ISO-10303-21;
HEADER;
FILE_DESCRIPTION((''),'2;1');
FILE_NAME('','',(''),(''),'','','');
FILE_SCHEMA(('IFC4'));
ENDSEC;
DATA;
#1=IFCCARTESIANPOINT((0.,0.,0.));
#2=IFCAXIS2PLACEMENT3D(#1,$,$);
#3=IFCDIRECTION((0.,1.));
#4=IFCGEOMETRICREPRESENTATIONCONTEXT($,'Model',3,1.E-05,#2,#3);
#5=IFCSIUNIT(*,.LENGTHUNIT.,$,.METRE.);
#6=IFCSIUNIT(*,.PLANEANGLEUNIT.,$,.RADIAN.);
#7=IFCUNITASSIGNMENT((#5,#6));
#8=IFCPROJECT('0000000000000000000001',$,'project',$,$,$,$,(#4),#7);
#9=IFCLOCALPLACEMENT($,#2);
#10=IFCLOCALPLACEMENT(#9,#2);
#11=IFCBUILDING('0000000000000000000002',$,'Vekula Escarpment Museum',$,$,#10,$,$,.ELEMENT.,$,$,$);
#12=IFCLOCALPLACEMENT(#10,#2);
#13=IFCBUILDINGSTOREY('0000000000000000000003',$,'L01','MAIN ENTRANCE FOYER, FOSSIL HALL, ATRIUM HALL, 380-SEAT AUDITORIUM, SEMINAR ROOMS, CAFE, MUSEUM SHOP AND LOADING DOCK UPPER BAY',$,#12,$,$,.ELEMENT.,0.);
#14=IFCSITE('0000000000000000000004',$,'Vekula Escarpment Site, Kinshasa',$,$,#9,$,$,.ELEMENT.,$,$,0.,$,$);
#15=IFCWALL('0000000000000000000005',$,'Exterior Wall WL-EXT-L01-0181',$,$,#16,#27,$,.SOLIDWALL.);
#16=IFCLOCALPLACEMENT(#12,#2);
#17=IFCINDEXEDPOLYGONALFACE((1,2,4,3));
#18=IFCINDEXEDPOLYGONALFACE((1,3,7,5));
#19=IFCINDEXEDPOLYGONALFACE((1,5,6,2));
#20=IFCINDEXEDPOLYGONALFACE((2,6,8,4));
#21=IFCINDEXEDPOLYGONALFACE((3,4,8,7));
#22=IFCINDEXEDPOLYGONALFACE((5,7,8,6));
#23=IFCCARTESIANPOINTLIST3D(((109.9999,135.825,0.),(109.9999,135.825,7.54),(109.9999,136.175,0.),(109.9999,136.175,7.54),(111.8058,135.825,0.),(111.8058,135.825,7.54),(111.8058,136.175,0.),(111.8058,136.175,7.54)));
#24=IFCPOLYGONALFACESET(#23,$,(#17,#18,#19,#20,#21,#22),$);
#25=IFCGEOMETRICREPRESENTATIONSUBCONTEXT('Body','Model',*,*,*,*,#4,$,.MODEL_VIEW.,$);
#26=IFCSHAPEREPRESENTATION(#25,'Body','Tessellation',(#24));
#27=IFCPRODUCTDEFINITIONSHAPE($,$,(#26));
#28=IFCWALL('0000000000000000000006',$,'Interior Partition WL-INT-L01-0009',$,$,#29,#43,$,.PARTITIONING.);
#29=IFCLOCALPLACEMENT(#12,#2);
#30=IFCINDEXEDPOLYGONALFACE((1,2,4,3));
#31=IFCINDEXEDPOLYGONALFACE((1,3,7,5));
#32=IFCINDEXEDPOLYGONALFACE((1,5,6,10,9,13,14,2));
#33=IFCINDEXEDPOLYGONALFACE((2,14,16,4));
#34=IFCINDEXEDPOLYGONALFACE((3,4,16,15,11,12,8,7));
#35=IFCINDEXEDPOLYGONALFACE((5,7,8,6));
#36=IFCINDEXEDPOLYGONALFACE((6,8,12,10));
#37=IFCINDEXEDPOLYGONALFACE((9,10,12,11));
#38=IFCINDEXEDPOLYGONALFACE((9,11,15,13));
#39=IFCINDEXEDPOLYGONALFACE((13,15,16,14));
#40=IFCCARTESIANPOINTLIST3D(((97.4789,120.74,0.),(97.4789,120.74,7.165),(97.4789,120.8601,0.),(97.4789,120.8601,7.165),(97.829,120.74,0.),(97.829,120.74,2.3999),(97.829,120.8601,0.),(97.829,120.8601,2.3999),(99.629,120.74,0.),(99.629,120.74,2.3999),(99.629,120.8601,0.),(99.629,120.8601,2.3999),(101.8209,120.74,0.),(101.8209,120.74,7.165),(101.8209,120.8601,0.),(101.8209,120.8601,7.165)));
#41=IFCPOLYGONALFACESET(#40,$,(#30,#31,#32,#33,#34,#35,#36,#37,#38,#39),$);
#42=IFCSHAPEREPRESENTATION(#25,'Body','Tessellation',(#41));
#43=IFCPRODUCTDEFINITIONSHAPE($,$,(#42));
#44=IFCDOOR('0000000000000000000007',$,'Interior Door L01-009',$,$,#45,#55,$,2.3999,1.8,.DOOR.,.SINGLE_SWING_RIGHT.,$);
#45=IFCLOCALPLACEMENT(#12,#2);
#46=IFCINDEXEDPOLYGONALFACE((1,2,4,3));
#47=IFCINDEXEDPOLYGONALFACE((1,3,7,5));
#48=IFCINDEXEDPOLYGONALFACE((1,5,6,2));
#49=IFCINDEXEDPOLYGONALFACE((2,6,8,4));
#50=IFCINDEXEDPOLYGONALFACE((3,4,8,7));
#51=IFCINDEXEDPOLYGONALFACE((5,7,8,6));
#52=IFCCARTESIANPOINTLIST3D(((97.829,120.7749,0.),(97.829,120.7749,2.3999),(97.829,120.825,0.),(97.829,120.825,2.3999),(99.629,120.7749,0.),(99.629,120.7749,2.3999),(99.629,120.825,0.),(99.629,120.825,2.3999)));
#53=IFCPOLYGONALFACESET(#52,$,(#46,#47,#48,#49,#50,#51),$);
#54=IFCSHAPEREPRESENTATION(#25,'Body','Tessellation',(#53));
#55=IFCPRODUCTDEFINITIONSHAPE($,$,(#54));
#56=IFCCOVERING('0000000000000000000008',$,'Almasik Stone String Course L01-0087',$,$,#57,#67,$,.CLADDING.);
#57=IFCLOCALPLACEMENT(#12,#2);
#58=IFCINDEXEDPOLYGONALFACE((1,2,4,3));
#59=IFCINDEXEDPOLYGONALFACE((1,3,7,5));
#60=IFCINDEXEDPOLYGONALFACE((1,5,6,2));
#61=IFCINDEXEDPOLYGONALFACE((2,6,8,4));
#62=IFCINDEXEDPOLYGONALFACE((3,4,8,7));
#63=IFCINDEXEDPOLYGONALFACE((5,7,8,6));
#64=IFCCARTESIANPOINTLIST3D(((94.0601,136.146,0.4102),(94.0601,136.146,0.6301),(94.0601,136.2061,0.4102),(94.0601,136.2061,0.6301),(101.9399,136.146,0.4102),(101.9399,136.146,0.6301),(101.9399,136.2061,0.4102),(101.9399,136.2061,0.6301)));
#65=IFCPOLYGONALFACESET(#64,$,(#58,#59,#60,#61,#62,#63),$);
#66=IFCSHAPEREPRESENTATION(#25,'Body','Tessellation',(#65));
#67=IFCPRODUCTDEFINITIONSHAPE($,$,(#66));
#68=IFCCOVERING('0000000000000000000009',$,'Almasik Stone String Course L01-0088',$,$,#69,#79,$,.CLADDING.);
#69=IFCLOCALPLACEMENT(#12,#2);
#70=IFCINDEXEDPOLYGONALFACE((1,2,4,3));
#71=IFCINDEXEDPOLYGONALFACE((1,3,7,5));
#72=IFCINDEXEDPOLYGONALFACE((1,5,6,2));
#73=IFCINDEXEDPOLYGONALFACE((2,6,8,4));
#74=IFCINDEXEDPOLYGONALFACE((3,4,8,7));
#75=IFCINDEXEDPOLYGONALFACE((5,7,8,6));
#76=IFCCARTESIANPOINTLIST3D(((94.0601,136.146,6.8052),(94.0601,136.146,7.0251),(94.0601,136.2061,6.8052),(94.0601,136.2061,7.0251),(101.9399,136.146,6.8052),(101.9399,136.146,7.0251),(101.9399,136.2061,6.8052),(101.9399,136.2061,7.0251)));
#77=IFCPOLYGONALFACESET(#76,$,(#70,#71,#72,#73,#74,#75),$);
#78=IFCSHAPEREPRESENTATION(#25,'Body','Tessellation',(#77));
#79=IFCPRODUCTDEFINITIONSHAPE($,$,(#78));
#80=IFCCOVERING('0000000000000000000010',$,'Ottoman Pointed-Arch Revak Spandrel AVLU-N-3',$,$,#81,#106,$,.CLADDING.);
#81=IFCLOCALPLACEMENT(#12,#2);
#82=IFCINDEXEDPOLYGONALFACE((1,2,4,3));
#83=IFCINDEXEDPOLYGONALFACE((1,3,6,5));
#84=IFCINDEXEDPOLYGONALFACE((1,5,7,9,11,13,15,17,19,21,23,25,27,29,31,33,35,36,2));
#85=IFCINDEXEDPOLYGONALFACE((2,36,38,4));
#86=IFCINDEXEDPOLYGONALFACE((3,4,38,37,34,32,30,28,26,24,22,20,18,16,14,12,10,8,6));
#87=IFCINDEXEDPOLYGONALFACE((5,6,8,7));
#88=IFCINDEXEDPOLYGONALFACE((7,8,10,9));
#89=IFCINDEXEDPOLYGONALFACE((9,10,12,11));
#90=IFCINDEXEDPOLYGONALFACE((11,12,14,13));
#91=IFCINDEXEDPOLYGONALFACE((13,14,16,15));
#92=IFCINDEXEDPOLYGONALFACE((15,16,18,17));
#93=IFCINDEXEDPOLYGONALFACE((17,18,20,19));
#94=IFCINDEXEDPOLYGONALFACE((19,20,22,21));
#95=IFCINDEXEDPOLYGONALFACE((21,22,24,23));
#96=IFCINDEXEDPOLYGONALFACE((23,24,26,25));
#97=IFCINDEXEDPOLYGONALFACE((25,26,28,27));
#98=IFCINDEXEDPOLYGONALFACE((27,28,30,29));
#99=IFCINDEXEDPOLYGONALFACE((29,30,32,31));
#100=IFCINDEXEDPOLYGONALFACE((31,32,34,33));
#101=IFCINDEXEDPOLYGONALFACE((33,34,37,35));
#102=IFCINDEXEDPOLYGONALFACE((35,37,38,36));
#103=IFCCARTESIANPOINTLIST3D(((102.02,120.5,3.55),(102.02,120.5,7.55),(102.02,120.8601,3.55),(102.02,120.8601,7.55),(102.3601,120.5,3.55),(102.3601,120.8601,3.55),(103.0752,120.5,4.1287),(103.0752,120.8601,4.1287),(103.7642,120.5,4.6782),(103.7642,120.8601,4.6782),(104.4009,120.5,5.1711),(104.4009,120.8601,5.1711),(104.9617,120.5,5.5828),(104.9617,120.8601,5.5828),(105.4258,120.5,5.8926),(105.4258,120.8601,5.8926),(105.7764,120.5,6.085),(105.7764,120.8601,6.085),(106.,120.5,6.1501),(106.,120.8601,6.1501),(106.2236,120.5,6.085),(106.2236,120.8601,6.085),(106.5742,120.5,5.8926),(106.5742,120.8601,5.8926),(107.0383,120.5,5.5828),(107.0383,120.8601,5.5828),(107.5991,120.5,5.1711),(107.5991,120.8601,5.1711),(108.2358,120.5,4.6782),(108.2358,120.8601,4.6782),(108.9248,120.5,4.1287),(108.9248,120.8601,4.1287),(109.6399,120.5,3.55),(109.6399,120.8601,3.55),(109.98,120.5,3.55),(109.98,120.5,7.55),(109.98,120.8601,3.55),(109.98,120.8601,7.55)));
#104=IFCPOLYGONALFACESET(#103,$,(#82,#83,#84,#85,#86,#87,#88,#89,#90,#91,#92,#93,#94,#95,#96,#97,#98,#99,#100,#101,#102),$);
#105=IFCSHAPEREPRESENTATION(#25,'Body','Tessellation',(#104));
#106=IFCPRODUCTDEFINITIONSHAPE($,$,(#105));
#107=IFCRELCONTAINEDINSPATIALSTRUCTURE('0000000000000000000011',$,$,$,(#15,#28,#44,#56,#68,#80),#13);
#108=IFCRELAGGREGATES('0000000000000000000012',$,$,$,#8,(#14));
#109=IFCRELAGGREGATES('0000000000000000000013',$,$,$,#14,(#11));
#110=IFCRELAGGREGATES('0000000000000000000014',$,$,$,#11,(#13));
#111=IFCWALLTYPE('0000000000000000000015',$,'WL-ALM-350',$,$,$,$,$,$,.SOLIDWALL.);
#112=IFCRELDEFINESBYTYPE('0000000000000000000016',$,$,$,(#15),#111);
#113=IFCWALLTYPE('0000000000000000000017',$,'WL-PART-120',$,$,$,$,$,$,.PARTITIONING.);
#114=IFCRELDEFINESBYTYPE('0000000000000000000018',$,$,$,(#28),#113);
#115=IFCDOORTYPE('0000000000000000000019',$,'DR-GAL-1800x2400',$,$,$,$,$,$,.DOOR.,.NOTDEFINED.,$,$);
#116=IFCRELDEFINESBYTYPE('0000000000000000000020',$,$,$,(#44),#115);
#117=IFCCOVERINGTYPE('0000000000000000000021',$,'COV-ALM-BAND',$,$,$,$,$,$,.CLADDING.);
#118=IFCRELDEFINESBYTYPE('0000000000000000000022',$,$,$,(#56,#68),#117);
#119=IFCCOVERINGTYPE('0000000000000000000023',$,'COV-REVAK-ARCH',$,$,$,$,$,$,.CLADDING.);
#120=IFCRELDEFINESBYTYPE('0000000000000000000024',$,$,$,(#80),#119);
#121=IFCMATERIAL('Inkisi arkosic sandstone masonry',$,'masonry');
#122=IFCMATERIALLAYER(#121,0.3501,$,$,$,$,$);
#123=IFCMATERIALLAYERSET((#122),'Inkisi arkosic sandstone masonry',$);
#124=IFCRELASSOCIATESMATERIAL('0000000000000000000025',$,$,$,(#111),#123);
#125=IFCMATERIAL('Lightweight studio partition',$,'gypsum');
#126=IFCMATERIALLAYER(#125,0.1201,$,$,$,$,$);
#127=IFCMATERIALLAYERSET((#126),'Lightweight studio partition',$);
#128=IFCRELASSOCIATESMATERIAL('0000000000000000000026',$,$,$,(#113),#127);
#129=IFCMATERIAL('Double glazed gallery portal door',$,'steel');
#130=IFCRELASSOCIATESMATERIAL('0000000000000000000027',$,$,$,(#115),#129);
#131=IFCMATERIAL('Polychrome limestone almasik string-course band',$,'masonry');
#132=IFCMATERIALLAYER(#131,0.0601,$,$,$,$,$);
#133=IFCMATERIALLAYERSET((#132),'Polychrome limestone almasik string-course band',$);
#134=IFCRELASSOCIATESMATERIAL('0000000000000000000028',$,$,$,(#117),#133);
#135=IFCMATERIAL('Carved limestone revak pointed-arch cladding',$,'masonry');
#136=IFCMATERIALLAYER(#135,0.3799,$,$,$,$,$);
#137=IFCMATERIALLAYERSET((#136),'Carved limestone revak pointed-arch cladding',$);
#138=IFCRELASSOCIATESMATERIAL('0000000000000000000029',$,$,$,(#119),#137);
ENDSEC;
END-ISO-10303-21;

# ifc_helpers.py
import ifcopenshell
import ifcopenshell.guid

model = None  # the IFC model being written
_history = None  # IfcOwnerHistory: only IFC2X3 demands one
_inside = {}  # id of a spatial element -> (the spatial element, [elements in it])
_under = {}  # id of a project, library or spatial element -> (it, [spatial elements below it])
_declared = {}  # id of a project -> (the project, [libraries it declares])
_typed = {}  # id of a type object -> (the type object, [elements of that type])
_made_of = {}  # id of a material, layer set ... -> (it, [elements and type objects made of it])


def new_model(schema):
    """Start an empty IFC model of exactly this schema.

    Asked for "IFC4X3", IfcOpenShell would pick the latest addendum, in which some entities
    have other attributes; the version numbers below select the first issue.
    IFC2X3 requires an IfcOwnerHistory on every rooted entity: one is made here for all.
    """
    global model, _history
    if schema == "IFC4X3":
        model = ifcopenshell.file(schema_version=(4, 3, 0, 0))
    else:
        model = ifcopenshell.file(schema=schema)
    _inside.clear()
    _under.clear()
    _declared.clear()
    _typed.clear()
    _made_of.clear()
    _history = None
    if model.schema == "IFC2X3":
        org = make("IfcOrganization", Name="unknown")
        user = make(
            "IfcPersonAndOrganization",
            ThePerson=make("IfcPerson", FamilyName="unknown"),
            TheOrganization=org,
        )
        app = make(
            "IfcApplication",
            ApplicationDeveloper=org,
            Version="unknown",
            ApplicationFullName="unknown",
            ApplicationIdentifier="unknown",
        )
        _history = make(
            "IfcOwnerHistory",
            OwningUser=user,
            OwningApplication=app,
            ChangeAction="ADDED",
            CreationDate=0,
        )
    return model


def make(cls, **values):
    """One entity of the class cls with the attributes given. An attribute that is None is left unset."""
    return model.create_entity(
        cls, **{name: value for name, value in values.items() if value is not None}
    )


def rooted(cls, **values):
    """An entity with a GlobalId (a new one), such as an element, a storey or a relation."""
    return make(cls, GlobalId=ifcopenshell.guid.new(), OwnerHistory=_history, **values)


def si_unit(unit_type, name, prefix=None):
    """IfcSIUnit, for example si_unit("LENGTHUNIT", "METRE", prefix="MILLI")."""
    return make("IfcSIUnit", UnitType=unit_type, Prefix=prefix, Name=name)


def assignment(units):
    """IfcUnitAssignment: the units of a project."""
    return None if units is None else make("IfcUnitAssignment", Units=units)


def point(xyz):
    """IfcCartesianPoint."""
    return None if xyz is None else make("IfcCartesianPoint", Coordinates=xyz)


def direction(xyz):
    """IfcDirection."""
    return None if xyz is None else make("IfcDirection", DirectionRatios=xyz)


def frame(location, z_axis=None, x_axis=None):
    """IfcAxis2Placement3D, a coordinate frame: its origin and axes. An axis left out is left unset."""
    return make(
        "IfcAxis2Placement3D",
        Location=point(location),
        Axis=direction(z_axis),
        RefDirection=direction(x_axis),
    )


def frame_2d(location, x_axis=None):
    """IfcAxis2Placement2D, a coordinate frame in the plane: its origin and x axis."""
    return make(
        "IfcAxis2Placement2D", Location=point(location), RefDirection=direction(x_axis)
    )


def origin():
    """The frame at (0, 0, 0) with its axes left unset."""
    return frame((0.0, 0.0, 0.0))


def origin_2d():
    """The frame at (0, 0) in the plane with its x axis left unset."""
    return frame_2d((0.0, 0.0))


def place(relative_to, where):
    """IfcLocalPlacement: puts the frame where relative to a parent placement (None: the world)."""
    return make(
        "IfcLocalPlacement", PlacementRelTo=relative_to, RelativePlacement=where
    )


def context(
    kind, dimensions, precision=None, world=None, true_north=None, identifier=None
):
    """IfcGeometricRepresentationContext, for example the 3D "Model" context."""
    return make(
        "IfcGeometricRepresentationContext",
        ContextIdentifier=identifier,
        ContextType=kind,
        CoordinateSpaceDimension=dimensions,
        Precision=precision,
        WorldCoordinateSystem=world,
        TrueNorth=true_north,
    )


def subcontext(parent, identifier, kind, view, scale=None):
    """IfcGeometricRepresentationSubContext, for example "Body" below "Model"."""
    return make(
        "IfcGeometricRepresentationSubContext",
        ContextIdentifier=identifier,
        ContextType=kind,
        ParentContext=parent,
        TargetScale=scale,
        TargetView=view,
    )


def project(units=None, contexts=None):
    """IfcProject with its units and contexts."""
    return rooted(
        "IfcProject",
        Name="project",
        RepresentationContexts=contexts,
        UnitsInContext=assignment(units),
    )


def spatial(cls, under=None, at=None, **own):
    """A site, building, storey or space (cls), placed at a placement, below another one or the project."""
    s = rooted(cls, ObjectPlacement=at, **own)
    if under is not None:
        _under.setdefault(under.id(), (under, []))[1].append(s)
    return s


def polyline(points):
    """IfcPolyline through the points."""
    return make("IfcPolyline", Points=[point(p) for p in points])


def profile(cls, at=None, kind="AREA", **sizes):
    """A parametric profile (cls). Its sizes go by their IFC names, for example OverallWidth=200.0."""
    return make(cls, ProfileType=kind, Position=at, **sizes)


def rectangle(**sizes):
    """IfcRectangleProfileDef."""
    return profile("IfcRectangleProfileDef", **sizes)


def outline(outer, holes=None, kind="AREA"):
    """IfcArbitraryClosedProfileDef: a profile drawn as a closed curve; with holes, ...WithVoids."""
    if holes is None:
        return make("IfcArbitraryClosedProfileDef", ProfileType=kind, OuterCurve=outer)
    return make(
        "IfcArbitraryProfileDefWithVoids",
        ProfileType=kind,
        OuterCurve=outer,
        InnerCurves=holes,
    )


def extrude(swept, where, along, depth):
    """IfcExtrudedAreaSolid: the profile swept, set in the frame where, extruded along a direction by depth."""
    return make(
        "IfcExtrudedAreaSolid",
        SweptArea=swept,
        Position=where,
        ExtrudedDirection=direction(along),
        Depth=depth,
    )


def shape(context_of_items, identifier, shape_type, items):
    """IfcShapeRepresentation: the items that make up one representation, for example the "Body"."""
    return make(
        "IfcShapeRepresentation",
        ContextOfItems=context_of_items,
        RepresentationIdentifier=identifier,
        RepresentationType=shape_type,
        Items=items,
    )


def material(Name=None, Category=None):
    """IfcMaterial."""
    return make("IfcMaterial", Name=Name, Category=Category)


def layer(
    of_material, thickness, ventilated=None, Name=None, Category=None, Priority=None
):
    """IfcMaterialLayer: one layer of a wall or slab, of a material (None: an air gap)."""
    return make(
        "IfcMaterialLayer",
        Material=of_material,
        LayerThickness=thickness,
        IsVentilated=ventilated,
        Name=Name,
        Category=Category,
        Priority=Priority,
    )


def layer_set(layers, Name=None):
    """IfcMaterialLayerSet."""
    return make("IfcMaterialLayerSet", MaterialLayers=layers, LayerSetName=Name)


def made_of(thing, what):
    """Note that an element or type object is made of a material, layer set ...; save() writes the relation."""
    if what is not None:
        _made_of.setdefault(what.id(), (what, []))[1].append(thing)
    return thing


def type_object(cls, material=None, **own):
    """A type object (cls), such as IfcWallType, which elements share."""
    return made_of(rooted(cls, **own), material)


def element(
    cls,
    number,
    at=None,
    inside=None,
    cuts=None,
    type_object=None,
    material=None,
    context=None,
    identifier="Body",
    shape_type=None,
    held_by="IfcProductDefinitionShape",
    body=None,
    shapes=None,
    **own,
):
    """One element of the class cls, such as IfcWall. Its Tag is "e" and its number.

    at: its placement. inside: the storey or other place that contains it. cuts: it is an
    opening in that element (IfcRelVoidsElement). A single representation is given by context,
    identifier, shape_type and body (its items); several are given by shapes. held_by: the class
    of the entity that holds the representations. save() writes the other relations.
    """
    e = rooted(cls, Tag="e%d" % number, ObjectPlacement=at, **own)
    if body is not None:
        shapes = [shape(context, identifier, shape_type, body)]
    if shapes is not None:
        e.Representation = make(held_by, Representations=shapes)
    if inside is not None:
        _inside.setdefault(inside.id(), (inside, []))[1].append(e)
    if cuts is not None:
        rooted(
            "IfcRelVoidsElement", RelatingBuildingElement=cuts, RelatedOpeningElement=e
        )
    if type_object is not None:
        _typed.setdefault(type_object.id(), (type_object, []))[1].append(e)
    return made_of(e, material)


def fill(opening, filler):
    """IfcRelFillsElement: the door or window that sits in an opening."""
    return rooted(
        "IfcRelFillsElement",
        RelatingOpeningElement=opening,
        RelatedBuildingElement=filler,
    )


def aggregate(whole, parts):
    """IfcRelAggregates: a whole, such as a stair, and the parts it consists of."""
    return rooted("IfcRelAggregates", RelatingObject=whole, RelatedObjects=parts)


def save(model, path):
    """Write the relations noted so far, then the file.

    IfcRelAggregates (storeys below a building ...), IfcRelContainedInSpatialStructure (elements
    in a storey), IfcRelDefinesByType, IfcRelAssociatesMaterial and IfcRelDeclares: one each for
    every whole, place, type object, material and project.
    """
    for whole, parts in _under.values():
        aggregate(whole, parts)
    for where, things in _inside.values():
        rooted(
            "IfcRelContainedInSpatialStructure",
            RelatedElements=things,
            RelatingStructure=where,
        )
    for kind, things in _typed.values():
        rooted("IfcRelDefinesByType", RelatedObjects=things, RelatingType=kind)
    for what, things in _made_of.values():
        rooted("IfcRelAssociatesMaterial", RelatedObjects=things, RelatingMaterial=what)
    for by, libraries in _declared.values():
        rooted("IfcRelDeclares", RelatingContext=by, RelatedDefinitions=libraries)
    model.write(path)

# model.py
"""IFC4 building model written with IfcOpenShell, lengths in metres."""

from ifc_helpers import new_model, si_unit, direction, frame, frame_2d, origin, origin_2d, place, context, subcontext, project, spatial, polyline, rectangle, outline, extrude, material, layer, layer_set, type_object, element, fill, save


model = new_model("IFC4")

# Units and contexts
model_context = context("Model", 3, precision=1e-05, world=origin(), true_north=direction((0.0, 1.0)))
body_context = subcontext(model_context, "Body", "Model", "MODEL_VIEW")
ifc_project = project(units=[si_unit("LENGTHUNIT", "METRE"), si_unit("PLANEANGLEUNIT", "RADIAN")], contexts=[model_context])

# Site, building, storey
site_placement = place(None, origin())
site = spatial("IfcSite", under=ifc_project, at=site_placement, Name="Vekula Escarpment Site, Kinshasa", CompositionType="ELEMENT", RefElevation=0.0)
building_placement = place(site_placement, origin())
building = spatial("IfcBuilding", under=site, at=building_placement, Name="Vekula Escarpment Museum", CompositionType="ELEMENT")
storey_placement = place(building_placement, origin())
storey = spatial("IfcBuildingStorey", under=building, at=storey_placement, Name="L01", Description="MAIN ENTRANCE FOYER, FOSSIL HALL, ATRIUM HALL, 380-SEAT AUDITORIUM, SEMINAR ROOMS, CAFE, MUSEUM SHOP AND LOADING DOCK UPPER BAY", CompositionType="ELEMENT", Elevation=0.0)

# Wall
ifc_material_1 = material(Name="Inkisi arkosic sandstone masonry", Category="masonry")
ifc_layer_1 = layer(ifc_material_1, 0.3501)
ifc_layer_set_1 = layer_set([ifc_layer_1], Name="Inkisi arkosic sandstone masonry")
wall_type_1 = type_object("IfcWallType", Name="WL-ALM-350", PredefinedType="SOLIDWALL", material=ifc_layer_set_1)
wall_1_placement = place(storey_placement, frame((110.0, 136.0, 0.0), z_axis=(0.0, 0.0, 1.0), x_axis=(1.0, 0.0, 0.0)))
element("IfcWall", 1, at=wall_1_placement, inside=storey, type_object=wall_type_1, Name="Exterior Wall WL-EXT-L01-0181", PredefinedType="SOLIDWALL", context=body_context, shape_type="SweptSolid", body=[
    extrude(rectangle(XDim=1.8059, YDim=0.3501, at=frame_2d((0.9028, 0.0))), origin(), (0.0, 0.0, 1.0), 7.54),
])

# Wall, opening, door
ifc_material_2 = material(Name="Lightweight studio partition", Category="gypsum")
ifc_layer_2 = layer(ifc_material_2, 0.1201)
ifc_layer_set_2 = layer_set([ifc_layer_2], Name="Lightweight studio partition")
wall_type_2 = type_object("IfcWallType", Name="WL-PART-120", PredefinedType="PARTITIONING", material=ifc_layer_set_2)
wall_2_placement = place(storey_placement, frame((97.479, 120.8, 0.0), z_axis=(0.0, 0.0, 1.0), x_axis=(1.0, 0.0, 0.0)))
wall_2 = element("IfcWall", 2, at=wall_2_placement, inside=storey, type_object=wall_type_2, Name="Interior Partition WL-INT-L01-0009", PredefinedType="PARTITIONING", context=body_context, shape_type="SweptSolid", body=[
    extrude(rectangle(XDim=4.342, YDim=0.1201, at=frame_2d((2.1709, 0.0))), origin(), (0.0, 0.0, 1.0), 7.165),
])
opening_1_placement = place(wall_2_placement, frame((0.3501, 0.0, 0.0)))
opening_1 = element("IfcOpeningElement", 3, at=opening_1_placement, cuts=wall_2, PredefinedType="OPENING", context=body_context, shape_type="SweptSolid", body=[
    extrude(rectangle(XDim=1.8, YDim=2.3999, at=frame_2d((0.8999, 1.2))), frame((0.0, 0.0701, 0.0), z_axis=(0.0, -1.0, 0.0), x_axis=(1.0, 0.0, 0.0)), (0.0, 0.0, 1.0), 0.1401),
])
ifc_material_3 = material(Name="Double glazed gallery portal door", Category="steel")
door_type_1 = type_object("IfcDoorType", Name="DR-GAL-1800x2400", OperationType="NOTDEFINED", PredefinedType="DOOR", material=ifc_material_3)
door_1_placement = place(opening_1_placement, origin())
door_1 = element("IfcDoor", 4, at=door_1_placement, inside=storey, type_object=door_type_1, Name="Interior Door L01-009", OperationType="SINGLE_SWING_RIGHT", OverallHeight=2.3999, OverallWidth=1.8, PredefinedType="DOOR", context=body_context, shape_type="SweptSolid", body=[
    extrude(rectangle(XDim=1.8, YDim=2.3999, at=frame_2d((0.8999, 1.2))), frame((0.0, 0.0249, 0.0), z_axis=(0.0, -1.0, 0.0), x_axis=(1.0, 0.0, 0.0)), (0.0, 0.0, 1.0), 0.05),
])
fill(opening_1, door_1)

# Coverings
ifc_material_4 = material(Name="Polychrome limestone almasik string-course band", Category="masonry")
ifc_layer_3 = layer(ifc_material_4, 0.0601)
ifc_layer_set_3 = layer_set([ifc_layer_3], Name="Polychrome limestone almasik string-course band")
covering_type_1 = type_object("IfcCoveringType", Name="COV-ALM-BAND", PredefinedType="CLADDING", material=ifc_layer_set_3)
for number, where, z_axis, x_axis, name in (
    (5, (98.0, 136.176, 0.4102), (0.0, 0.0, 1.0), (1.0, 0.0, 0.0), "Almasik Stone String Course L01-0087"),
    (6, (98.0, 136.176, 6.8052), (0.0, 0.0, 1.0), (1.0, 0.0, 0.0), "Almasik Stone String Course L01-0088"),
):
    element("IfcCovering", number, at=place(storey_placement, frame(where, z_axis=z_axis, x_axis=x_axis)), inside=storey, type_object=covering_type_1, Name=name, PredefinedType="CLADDING", context=body_context, shape_type="SweptSolid", body=[
        extrude(rectangle(XDim=7.8799, YDim=0.0601, at=origin_2d()), origin(), (0.0, 0.0, 1.0), 0.22),
    ])
ifc_material_5 = material(Name="Carved limestone revak pointed-arch cladding", Category="masonry")
ifc_layer_4 = layer(ifc_material_5, 0.3799)
ifc_layer_set_4 = layer_set([ifc_layer_4], Name="Carved limestone revak pointed-arch cladding")
covering_type_2 = type_object("IfcCoveringType", Name="COV-REVAK-ARCH", PredefinedType="CLADDING", material=ifc_layer_set_4)
covering_placement = place(storey_placement, frame((106.0, 120.8601, 3.55), z_axis=(0.0, -1.0, 0.0), x_axis=(1.0, 0.0, 0.0)))
element("IfcCovering", 7, at=covering_placement, inside=storey, type_object=covering_type_2, Name="Ottoman Pointed-Arch Revak Spandrel AVLU-N-3", PredefinedType="CLADDING", context=body_context, shape_type="SweptSolid", body=[
    extrude(outline(polyline([(-3.98, 4.0), (3.98, 4.0), (3.98, 0.0), (3.6399, 0.0), (2.9248, 0.5786), (2.2358, 1.1282), (1.5991, 1.6211), (1.0383, 2.0327), (0.5742, 2.3425), (0.2236, 2.5349), (0.0, 2.6001), (-0.2236, 2.5349), (-0.5742, 2.3425), (-1.0383, 2.0327), (-1.5991, 1.6211), (-2.2358, 1.1282), (-2.9248, 0.5786), (-3.6399, 0.0), (-3.98, 0.0), (-3.98, 4.0)])), origin(), (0.0, 0.0, 1.0), 0.3601),
])

save(model, "model.ifc")
